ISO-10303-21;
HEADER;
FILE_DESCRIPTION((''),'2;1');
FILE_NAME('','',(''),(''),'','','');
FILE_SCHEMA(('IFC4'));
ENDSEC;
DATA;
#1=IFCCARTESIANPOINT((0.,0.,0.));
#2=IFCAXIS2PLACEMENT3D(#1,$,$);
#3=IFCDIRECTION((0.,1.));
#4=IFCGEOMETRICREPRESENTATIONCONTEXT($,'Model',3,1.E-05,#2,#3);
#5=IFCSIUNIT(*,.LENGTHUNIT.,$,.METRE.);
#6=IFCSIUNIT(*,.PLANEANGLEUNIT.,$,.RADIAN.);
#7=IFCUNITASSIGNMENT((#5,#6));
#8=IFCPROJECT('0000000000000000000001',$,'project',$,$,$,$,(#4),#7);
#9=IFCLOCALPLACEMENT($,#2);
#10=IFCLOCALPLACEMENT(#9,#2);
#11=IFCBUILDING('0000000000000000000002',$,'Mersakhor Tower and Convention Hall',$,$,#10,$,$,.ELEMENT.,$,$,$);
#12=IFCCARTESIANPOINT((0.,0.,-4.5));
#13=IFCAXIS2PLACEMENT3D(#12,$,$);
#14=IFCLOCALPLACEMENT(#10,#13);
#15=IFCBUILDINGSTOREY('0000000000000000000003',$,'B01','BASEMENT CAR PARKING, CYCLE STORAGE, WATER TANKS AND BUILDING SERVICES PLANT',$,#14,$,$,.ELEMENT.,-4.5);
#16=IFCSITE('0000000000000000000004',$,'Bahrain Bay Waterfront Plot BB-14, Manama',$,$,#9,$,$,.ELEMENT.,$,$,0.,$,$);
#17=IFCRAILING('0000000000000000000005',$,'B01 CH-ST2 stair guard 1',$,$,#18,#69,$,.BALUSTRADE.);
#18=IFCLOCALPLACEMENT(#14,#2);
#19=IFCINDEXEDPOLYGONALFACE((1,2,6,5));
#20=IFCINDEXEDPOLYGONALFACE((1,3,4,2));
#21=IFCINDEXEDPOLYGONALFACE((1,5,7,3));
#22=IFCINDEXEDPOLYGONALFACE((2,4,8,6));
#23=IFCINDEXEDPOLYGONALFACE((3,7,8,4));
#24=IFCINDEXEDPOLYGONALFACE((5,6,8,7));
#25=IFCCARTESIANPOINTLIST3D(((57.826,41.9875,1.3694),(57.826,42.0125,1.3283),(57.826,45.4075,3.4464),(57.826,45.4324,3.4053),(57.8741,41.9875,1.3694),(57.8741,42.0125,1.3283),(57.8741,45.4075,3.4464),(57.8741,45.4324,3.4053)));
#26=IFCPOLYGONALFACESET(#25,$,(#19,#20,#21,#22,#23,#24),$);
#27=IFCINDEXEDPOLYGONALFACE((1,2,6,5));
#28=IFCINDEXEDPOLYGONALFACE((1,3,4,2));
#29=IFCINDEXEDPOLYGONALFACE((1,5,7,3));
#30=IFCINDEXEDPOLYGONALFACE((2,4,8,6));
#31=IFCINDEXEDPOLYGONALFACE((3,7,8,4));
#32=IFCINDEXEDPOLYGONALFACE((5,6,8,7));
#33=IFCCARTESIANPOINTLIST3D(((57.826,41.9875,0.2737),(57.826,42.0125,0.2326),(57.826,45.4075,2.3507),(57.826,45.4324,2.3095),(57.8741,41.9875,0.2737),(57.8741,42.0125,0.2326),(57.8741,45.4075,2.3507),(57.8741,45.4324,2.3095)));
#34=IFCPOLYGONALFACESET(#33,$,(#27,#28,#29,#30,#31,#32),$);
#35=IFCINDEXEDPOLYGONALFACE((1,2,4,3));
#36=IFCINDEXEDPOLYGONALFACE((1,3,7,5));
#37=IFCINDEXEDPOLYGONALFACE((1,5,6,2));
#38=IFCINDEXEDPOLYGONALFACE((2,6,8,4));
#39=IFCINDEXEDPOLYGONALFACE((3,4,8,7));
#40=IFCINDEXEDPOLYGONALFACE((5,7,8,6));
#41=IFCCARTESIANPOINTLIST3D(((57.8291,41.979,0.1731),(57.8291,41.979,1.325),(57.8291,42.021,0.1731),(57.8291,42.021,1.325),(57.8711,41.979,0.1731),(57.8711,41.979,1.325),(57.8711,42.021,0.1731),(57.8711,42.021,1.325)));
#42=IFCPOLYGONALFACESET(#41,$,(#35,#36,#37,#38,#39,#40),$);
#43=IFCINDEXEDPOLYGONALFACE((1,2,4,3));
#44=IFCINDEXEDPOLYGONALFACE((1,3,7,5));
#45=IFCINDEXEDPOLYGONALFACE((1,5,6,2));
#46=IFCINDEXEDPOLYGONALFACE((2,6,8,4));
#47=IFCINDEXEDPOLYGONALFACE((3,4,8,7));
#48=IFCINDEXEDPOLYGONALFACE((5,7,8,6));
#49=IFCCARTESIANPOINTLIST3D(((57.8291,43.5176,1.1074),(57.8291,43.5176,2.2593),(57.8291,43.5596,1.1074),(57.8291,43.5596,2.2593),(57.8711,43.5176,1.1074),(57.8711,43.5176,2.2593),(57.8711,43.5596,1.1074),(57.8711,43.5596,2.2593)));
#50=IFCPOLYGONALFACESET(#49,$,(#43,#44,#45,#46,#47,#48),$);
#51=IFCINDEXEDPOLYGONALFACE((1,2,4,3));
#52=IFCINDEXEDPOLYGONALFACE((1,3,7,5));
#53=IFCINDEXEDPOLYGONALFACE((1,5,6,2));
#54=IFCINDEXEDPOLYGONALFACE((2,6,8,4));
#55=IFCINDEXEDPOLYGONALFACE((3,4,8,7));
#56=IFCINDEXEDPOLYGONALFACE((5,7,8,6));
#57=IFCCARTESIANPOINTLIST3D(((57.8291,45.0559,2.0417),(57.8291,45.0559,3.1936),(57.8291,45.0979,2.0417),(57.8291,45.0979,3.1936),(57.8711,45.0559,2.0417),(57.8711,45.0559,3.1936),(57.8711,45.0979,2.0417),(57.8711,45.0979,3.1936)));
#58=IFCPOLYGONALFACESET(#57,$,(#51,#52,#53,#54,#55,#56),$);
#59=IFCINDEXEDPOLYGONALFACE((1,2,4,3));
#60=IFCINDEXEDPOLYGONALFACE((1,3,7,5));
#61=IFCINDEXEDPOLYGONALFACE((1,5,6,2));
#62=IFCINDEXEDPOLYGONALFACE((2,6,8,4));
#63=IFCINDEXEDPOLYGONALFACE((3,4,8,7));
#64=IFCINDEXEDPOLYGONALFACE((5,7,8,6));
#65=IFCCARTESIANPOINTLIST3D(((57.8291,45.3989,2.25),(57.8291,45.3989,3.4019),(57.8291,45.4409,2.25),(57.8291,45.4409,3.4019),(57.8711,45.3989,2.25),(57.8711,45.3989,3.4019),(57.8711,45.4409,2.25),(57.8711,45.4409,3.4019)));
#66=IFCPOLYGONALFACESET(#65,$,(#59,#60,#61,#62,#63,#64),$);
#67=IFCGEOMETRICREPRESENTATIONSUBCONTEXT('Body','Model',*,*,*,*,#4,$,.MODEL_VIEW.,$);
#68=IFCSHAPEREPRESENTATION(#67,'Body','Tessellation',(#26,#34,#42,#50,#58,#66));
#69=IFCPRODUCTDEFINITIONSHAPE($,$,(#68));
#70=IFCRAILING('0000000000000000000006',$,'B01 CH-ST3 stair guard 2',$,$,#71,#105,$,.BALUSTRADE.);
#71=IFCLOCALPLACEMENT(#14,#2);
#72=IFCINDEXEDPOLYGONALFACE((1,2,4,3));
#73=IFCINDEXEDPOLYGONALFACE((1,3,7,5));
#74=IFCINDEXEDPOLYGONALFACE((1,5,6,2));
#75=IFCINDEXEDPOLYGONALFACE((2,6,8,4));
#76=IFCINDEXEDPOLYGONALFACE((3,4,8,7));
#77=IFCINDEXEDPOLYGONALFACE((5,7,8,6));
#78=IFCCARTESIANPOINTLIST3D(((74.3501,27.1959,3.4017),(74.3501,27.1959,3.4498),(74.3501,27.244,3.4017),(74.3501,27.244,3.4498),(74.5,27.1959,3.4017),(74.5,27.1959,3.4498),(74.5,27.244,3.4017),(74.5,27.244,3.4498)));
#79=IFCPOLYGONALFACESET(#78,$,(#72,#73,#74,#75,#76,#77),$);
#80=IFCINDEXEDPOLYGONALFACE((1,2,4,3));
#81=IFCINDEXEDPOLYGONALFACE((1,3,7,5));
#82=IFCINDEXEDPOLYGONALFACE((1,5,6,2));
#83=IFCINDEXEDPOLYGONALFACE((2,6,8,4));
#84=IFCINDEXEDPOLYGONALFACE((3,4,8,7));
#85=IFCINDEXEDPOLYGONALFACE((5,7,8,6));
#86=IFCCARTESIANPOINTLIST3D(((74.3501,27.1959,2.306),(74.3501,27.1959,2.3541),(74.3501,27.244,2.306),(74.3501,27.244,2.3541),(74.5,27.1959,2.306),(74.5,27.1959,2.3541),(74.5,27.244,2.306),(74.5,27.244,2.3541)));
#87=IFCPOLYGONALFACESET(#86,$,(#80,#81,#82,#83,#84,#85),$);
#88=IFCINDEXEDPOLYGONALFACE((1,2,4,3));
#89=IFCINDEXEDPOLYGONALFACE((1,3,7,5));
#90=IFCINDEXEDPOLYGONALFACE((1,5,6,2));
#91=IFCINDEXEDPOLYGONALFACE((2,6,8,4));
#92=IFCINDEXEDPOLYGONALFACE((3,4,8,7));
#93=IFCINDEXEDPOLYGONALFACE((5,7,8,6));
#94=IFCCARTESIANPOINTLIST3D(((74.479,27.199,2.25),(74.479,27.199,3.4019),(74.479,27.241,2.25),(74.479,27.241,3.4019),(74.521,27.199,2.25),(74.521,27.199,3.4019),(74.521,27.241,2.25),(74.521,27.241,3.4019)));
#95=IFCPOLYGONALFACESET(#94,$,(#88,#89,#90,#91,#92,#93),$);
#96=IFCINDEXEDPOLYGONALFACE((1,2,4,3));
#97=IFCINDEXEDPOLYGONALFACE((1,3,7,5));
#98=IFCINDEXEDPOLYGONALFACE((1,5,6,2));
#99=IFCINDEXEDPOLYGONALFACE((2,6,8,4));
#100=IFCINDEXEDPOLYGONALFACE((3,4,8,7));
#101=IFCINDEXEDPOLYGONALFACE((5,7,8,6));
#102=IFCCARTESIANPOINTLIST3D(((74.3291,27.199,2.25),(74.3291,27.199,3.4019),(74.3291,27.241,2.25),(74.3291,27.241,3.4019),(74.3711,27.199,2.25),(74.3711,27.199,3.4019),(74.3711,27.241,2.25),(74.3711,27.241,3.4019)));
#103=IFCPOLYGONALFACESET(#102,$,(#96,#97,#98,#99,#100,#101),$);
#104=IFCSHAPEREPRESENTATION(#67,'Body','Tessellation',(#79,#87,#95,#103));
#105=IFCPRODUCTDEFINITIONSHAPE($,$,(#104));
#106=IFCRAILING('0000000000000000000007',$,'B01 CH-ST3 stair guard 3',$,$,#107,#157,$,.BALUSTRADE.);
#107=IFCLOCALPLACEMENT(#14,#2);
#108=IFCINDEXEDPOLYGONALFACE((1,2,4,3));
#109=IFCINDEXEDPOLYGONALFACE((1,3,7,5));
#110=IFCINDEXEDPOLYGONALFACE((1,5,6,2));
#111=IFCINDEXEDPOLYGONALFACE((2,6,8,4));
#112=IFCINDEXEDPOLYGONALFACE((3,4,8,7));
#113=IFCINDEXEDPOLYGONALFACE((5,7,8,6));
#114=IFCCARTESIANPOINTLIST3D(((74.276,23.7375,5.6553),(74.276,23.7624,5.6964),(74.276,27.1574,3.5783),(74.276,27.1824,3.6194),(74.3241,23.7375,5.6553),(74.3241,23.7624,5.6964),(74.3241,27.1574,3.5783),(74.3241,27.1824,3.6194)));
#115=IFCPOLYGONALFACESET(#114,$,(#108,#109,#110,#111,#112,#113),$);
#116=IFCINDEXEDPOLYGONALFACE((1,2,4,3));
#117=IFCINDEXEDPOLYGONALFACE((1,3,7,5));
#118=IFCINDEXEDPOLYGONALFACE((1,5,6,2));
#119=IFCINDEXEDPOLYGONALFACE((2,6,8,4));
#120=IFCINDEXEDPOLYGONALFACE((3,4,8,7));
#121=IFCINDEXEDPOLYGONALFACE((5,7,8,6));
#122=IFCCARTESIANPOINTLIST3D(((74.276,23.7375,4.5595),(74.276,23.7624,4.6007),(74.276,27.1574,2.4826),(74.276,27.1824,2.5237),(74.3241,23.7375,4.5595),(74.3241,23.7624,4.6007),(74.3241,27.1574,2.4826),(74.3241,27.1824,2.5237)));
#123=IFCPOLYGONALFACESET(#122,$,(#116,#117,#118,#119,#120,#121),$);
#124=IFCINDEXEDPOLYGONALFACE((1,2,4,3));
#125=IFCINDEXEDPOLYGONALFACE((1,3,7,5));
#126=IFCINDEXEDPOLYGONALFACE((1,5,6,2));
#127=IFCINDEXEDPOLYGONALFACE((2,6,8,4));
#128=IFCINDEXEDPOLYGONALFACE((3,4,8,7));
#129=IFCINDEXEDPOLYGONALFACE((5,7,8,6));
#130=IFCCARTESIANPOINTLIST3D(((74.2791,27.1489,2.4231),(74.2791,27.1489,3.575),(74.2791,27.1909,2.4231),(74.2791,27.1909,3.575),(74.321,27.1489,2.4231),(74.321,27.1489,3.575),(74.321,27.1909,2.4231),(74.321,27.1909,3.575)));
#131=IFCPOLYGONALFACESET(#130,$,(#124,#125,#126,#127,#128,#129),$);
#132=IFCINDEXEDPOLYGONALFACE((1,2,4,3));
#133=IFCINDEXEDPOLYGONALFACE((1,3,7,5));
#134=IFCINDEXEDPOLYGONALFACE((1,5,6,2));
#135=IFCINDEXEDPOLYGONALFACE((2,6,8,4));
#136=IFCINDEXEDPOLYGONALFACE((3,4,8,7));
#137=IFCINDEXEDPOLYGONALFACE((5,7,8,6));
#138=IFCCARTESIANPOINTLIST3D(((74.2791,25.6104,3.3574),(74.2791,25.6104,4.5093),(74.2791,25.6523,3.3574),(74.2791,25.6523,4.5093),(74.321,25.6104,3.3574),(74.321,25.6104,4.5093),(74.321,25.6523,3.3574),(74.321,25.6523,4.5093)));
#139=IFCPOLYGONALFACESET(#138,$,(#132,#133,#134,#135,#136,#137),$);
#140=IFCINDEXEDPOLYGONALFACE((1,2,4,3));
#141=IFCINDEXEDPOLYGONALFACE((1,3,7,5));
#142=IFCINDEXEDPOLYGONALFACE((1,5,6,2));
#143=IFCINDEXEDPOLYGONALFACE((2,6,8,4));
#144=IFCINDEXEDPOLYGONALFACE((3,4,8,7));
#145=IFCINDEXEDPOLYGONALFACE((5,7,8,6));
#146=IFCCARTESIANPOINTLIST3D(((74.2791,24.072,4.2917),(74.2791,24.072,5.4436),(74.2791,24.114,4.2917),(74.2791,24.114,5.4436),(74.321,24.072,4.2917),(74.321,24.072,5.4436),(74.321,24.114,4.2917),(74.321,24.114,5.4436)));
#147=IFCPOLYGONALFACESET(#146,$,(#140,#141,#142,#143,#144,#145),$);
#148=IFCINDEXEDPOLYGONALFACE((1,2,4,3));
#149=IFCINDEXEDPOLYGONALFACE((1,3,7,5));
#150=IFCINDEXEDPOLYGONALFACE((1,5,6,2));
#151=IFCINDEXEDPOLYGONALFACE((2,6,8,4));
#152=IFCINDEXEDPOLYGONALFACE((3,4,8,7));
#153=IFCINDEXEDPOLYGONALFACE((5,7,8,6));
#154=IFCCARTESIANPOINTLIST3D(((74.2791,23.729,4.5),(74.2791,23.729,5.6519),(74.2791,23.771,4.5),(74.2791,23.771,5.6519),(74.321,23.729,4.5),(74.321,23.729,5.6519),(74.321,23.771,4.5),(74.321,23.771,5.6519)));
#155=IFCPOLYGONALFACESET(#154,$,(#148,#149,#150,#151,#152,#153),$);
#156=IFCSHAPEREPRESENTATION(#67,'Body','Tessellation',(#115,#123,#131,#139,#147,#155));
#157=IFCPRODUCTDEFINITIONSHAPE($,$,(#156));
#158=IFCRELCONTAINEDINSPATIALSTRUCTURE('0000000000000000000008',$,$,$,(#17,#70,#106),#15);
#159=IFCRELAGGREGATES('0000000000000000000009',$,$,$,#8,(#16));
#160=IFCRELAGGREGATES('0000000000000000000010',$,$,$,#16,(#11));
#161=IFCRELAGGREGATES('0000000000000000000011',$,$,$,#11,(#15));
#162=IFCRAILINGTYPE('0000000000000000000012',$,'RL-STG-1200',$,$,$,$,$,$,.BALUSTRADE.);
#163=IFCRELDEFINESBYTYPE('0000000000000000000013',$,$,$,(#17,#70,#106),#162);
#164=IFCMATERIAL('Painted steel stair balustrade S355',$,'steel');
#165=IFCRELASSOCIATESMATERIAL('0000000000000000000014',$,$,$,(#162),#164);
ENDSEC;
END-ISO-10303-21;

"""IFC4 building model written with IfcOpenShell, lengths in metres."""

from ifc_helpers import new_model, si_unit, direction, frame, origin, origin_2d, place, context, subcontext, project, spatial, rectangle, extrude, material, type_object, element, save


model = new_model("IFC4")

# Units and contexts
model_context = context("Model", 3, precision=1e-05, world=origin(), true_north=direction((0.0, 1.0)))
body_context = subcontext(model_context, "Body", "Model", "MODEL_VIEW")
ifc_project = project(units=[si_unit("LENGTHUNIT", "METRE"), si_unit("PLANEANGLEUNIT", "RADIAN")], contexts=[model_context])

# Site, building, storey
site_placement = place(None, origin())
site = spatial("IfcSite", under=ifc_project, at=site_placement, Name="Bahrain Bay Waterfront Plot BB-14, Manama", CompositionType="ELEMENT", RefElevation=0.0)
building_placement = place(site_placement, origin())
building = spatial("IfcBuilding", under=site, at=building_placement, Name="Mersakhor Tower and Convention Hall", CompositionType="ELEMENT")
storey_placement = place(building_placement, frame((0.0, 0.0, -4.5)))
storey = spatial("IfcBuildingStorey", under=building, at=storey_placement, Name="B01", Description="BASEMENT CAR PARKING, CYCLE STORAGE, WATER TANKS AND BUILDING SERVICES PLANT", CompositionType="ELEMENT", Elevation=-4.5)

# Railings
ifc_material_1 = material(Name="Painted steel stair balustrade S355", Category="steel")
railing_type_1 = type_object("IfcRailingType", Name="RL-STG-1200", PredefinedType="BALUSTRADE", material=ifc_material_1)
railing_1_placement = place(storey_placement, frame((57.8501, 42.0, 0.1731)))
element("IfcRailing", 1, at=railing_1_placement, inside=storey, type_object=railing_type_1, Name="B01 CH-ST2 stair guard 1", PredefinedType="BALUSTRADE", context=body_context, shape_type="SweptSolid", body=[
    extrude(rectangle(XDim=0.0481, YDim=0.0481, at=origin_2d()), frame((0.0, 0.0, 1.1758), z_axis=(0.0, 0.85473, 0.519074), x_axis=(-1.0, 0.0, 0.0)), (0.0, 0.0, 1.0), 4.0012),
    extrude(rectangle(XDim=0.0481, YDim=0.0481, at=origin_2d()), frame((0.0, 0.0, 0.0801), z_axis=(0.0, 0.85473, 0.519074), x_axis=(-1.0, 0.0, 0.0)), (0.0, 0.0, 1.0), 4.0012),
    extrude(rectangle(XDim=0.042, YDim=0.042, at=origin_2d()), origin(), (0.0, 0.0, 1.0), 1.1519),
    extrude(rectangle(XDim=0.042, YDim=0.042, at=origin_2d()), frame((0.0, 1.5386, 0.9343)), (0.0, 0.0, 1.0), 1.1519),
    extrude(rectangle(XDim=0.042, YDim=0.042, at=origin_2d()), frame((0.0, 3.0769, 1.8687)), (0.0, 0.0, 1.0), 1.1519),
    extrude(rectangle(XDim=0.042, YDim=0.042, at=origin_2d()), frame((0.0, 3.4199, 2.0769)), (0.0, 0.0, 1.0), 1.1519),
])
railing_2_placement = place(storey_placement, frame((74.5, 27.22, 2.25)))
element("IfcRailing", 2, at=railing_2_placement, inside=storey, type_object=railing_type_1, Name="B01 CH-ST3 stair guard 2", PredefinedType="BALUSTRADE", context=body_context, shape_type="SweptSolid", body=[
    extrude(rectangle(XDim=0.0481, YDim=0.0481, at=origin_2d()), frame((0.0, 0.0, 1.1758), z_axis=(-1.0, 0.0, 0.0), x_axis=(0.0, -1.0, 0.0)), (0.0, 0.0, 1.0), 0.1499),
    extrude(rectangle(XDim=0.0481, YDim=0.0481, at=origin_2d()), frame((0.0, 0.0, 0.0801), z_axis=(-1.0, 0.0, 0.0), x_axis=(0.0, -1.0, 0.0)), (0.0, 0.0, 1.0), 0.1499),
    extrude(rectangle(XDim=0.042, YDim=0.042, at=origin_2d()), origin(), (0.0, 0.0, 1.0), 1.1519),
    extrude(rectangle(XDim=0.042, YDim=0.042, at=origin_2d()), frame((-0.1499, 0.0, 0.0)), (0.0, 0.0, 1.0), 1.1519),
])
railing_3_placement = place(storey_placement, frame((74.3, 27.1699, 2.4231)))
element("IfcRailing", 3, at=railing_3_placement, inside=storey, type_object=railing_type_1, Name="B01 CH-ST3 stair guard 3", PredefinedType="BALUSTRADE", context=body_context, shape_type="SweptSolid", body=[
    extrude(rectangle(XDim=0.0481, YDim=0.0481, at=origin_2d()), frame((0.0, 0.0, 1.1758), z_axis=(0.0, -0.85473, 0.519074), x_axis=(1.0, 0.0, 0.0)), (0.0, 0.0, 1.0), 4.0012),
    extrude(rectangle(XDim=0.0481, YDim=0.0481, at=origin_2d()), frame((0.0, 0.0, 0.0801), z_axis=(0.0, -0.85473, 0.519074), x_axis=(1.0, 0.0, 0.0)), (0.0, 0.0, 1.0), 4.0012),
    extrude(rectangle(XDim=0.042, YDim=0.042, at=origin_2d()), origin(), (0.0, 0.0, 1.0), 1.1519),
    extrude(rectangle(XDim=0.042, YDim=0.042, at=origin_2d()), frame((0.0, -1.5386, 0.9343)), (0.0, 0.0, 1.0), 1.1519),
    extrude(rectangle(XDim=0.042, YDim=0.042, at=origin_2d()), frame((0.0, -3.0769, 1.8687)), (0.0, 0.0, 1.0), 1.1519),
    extrude(rectangle(XDim=0.042, YDim=0.042, at=origin_2d()), frame((0.0, -3.4199, 2.0769)), (0.0, 0.0, 1.0), 1.1519),
])

save(model, "model.ifc")
